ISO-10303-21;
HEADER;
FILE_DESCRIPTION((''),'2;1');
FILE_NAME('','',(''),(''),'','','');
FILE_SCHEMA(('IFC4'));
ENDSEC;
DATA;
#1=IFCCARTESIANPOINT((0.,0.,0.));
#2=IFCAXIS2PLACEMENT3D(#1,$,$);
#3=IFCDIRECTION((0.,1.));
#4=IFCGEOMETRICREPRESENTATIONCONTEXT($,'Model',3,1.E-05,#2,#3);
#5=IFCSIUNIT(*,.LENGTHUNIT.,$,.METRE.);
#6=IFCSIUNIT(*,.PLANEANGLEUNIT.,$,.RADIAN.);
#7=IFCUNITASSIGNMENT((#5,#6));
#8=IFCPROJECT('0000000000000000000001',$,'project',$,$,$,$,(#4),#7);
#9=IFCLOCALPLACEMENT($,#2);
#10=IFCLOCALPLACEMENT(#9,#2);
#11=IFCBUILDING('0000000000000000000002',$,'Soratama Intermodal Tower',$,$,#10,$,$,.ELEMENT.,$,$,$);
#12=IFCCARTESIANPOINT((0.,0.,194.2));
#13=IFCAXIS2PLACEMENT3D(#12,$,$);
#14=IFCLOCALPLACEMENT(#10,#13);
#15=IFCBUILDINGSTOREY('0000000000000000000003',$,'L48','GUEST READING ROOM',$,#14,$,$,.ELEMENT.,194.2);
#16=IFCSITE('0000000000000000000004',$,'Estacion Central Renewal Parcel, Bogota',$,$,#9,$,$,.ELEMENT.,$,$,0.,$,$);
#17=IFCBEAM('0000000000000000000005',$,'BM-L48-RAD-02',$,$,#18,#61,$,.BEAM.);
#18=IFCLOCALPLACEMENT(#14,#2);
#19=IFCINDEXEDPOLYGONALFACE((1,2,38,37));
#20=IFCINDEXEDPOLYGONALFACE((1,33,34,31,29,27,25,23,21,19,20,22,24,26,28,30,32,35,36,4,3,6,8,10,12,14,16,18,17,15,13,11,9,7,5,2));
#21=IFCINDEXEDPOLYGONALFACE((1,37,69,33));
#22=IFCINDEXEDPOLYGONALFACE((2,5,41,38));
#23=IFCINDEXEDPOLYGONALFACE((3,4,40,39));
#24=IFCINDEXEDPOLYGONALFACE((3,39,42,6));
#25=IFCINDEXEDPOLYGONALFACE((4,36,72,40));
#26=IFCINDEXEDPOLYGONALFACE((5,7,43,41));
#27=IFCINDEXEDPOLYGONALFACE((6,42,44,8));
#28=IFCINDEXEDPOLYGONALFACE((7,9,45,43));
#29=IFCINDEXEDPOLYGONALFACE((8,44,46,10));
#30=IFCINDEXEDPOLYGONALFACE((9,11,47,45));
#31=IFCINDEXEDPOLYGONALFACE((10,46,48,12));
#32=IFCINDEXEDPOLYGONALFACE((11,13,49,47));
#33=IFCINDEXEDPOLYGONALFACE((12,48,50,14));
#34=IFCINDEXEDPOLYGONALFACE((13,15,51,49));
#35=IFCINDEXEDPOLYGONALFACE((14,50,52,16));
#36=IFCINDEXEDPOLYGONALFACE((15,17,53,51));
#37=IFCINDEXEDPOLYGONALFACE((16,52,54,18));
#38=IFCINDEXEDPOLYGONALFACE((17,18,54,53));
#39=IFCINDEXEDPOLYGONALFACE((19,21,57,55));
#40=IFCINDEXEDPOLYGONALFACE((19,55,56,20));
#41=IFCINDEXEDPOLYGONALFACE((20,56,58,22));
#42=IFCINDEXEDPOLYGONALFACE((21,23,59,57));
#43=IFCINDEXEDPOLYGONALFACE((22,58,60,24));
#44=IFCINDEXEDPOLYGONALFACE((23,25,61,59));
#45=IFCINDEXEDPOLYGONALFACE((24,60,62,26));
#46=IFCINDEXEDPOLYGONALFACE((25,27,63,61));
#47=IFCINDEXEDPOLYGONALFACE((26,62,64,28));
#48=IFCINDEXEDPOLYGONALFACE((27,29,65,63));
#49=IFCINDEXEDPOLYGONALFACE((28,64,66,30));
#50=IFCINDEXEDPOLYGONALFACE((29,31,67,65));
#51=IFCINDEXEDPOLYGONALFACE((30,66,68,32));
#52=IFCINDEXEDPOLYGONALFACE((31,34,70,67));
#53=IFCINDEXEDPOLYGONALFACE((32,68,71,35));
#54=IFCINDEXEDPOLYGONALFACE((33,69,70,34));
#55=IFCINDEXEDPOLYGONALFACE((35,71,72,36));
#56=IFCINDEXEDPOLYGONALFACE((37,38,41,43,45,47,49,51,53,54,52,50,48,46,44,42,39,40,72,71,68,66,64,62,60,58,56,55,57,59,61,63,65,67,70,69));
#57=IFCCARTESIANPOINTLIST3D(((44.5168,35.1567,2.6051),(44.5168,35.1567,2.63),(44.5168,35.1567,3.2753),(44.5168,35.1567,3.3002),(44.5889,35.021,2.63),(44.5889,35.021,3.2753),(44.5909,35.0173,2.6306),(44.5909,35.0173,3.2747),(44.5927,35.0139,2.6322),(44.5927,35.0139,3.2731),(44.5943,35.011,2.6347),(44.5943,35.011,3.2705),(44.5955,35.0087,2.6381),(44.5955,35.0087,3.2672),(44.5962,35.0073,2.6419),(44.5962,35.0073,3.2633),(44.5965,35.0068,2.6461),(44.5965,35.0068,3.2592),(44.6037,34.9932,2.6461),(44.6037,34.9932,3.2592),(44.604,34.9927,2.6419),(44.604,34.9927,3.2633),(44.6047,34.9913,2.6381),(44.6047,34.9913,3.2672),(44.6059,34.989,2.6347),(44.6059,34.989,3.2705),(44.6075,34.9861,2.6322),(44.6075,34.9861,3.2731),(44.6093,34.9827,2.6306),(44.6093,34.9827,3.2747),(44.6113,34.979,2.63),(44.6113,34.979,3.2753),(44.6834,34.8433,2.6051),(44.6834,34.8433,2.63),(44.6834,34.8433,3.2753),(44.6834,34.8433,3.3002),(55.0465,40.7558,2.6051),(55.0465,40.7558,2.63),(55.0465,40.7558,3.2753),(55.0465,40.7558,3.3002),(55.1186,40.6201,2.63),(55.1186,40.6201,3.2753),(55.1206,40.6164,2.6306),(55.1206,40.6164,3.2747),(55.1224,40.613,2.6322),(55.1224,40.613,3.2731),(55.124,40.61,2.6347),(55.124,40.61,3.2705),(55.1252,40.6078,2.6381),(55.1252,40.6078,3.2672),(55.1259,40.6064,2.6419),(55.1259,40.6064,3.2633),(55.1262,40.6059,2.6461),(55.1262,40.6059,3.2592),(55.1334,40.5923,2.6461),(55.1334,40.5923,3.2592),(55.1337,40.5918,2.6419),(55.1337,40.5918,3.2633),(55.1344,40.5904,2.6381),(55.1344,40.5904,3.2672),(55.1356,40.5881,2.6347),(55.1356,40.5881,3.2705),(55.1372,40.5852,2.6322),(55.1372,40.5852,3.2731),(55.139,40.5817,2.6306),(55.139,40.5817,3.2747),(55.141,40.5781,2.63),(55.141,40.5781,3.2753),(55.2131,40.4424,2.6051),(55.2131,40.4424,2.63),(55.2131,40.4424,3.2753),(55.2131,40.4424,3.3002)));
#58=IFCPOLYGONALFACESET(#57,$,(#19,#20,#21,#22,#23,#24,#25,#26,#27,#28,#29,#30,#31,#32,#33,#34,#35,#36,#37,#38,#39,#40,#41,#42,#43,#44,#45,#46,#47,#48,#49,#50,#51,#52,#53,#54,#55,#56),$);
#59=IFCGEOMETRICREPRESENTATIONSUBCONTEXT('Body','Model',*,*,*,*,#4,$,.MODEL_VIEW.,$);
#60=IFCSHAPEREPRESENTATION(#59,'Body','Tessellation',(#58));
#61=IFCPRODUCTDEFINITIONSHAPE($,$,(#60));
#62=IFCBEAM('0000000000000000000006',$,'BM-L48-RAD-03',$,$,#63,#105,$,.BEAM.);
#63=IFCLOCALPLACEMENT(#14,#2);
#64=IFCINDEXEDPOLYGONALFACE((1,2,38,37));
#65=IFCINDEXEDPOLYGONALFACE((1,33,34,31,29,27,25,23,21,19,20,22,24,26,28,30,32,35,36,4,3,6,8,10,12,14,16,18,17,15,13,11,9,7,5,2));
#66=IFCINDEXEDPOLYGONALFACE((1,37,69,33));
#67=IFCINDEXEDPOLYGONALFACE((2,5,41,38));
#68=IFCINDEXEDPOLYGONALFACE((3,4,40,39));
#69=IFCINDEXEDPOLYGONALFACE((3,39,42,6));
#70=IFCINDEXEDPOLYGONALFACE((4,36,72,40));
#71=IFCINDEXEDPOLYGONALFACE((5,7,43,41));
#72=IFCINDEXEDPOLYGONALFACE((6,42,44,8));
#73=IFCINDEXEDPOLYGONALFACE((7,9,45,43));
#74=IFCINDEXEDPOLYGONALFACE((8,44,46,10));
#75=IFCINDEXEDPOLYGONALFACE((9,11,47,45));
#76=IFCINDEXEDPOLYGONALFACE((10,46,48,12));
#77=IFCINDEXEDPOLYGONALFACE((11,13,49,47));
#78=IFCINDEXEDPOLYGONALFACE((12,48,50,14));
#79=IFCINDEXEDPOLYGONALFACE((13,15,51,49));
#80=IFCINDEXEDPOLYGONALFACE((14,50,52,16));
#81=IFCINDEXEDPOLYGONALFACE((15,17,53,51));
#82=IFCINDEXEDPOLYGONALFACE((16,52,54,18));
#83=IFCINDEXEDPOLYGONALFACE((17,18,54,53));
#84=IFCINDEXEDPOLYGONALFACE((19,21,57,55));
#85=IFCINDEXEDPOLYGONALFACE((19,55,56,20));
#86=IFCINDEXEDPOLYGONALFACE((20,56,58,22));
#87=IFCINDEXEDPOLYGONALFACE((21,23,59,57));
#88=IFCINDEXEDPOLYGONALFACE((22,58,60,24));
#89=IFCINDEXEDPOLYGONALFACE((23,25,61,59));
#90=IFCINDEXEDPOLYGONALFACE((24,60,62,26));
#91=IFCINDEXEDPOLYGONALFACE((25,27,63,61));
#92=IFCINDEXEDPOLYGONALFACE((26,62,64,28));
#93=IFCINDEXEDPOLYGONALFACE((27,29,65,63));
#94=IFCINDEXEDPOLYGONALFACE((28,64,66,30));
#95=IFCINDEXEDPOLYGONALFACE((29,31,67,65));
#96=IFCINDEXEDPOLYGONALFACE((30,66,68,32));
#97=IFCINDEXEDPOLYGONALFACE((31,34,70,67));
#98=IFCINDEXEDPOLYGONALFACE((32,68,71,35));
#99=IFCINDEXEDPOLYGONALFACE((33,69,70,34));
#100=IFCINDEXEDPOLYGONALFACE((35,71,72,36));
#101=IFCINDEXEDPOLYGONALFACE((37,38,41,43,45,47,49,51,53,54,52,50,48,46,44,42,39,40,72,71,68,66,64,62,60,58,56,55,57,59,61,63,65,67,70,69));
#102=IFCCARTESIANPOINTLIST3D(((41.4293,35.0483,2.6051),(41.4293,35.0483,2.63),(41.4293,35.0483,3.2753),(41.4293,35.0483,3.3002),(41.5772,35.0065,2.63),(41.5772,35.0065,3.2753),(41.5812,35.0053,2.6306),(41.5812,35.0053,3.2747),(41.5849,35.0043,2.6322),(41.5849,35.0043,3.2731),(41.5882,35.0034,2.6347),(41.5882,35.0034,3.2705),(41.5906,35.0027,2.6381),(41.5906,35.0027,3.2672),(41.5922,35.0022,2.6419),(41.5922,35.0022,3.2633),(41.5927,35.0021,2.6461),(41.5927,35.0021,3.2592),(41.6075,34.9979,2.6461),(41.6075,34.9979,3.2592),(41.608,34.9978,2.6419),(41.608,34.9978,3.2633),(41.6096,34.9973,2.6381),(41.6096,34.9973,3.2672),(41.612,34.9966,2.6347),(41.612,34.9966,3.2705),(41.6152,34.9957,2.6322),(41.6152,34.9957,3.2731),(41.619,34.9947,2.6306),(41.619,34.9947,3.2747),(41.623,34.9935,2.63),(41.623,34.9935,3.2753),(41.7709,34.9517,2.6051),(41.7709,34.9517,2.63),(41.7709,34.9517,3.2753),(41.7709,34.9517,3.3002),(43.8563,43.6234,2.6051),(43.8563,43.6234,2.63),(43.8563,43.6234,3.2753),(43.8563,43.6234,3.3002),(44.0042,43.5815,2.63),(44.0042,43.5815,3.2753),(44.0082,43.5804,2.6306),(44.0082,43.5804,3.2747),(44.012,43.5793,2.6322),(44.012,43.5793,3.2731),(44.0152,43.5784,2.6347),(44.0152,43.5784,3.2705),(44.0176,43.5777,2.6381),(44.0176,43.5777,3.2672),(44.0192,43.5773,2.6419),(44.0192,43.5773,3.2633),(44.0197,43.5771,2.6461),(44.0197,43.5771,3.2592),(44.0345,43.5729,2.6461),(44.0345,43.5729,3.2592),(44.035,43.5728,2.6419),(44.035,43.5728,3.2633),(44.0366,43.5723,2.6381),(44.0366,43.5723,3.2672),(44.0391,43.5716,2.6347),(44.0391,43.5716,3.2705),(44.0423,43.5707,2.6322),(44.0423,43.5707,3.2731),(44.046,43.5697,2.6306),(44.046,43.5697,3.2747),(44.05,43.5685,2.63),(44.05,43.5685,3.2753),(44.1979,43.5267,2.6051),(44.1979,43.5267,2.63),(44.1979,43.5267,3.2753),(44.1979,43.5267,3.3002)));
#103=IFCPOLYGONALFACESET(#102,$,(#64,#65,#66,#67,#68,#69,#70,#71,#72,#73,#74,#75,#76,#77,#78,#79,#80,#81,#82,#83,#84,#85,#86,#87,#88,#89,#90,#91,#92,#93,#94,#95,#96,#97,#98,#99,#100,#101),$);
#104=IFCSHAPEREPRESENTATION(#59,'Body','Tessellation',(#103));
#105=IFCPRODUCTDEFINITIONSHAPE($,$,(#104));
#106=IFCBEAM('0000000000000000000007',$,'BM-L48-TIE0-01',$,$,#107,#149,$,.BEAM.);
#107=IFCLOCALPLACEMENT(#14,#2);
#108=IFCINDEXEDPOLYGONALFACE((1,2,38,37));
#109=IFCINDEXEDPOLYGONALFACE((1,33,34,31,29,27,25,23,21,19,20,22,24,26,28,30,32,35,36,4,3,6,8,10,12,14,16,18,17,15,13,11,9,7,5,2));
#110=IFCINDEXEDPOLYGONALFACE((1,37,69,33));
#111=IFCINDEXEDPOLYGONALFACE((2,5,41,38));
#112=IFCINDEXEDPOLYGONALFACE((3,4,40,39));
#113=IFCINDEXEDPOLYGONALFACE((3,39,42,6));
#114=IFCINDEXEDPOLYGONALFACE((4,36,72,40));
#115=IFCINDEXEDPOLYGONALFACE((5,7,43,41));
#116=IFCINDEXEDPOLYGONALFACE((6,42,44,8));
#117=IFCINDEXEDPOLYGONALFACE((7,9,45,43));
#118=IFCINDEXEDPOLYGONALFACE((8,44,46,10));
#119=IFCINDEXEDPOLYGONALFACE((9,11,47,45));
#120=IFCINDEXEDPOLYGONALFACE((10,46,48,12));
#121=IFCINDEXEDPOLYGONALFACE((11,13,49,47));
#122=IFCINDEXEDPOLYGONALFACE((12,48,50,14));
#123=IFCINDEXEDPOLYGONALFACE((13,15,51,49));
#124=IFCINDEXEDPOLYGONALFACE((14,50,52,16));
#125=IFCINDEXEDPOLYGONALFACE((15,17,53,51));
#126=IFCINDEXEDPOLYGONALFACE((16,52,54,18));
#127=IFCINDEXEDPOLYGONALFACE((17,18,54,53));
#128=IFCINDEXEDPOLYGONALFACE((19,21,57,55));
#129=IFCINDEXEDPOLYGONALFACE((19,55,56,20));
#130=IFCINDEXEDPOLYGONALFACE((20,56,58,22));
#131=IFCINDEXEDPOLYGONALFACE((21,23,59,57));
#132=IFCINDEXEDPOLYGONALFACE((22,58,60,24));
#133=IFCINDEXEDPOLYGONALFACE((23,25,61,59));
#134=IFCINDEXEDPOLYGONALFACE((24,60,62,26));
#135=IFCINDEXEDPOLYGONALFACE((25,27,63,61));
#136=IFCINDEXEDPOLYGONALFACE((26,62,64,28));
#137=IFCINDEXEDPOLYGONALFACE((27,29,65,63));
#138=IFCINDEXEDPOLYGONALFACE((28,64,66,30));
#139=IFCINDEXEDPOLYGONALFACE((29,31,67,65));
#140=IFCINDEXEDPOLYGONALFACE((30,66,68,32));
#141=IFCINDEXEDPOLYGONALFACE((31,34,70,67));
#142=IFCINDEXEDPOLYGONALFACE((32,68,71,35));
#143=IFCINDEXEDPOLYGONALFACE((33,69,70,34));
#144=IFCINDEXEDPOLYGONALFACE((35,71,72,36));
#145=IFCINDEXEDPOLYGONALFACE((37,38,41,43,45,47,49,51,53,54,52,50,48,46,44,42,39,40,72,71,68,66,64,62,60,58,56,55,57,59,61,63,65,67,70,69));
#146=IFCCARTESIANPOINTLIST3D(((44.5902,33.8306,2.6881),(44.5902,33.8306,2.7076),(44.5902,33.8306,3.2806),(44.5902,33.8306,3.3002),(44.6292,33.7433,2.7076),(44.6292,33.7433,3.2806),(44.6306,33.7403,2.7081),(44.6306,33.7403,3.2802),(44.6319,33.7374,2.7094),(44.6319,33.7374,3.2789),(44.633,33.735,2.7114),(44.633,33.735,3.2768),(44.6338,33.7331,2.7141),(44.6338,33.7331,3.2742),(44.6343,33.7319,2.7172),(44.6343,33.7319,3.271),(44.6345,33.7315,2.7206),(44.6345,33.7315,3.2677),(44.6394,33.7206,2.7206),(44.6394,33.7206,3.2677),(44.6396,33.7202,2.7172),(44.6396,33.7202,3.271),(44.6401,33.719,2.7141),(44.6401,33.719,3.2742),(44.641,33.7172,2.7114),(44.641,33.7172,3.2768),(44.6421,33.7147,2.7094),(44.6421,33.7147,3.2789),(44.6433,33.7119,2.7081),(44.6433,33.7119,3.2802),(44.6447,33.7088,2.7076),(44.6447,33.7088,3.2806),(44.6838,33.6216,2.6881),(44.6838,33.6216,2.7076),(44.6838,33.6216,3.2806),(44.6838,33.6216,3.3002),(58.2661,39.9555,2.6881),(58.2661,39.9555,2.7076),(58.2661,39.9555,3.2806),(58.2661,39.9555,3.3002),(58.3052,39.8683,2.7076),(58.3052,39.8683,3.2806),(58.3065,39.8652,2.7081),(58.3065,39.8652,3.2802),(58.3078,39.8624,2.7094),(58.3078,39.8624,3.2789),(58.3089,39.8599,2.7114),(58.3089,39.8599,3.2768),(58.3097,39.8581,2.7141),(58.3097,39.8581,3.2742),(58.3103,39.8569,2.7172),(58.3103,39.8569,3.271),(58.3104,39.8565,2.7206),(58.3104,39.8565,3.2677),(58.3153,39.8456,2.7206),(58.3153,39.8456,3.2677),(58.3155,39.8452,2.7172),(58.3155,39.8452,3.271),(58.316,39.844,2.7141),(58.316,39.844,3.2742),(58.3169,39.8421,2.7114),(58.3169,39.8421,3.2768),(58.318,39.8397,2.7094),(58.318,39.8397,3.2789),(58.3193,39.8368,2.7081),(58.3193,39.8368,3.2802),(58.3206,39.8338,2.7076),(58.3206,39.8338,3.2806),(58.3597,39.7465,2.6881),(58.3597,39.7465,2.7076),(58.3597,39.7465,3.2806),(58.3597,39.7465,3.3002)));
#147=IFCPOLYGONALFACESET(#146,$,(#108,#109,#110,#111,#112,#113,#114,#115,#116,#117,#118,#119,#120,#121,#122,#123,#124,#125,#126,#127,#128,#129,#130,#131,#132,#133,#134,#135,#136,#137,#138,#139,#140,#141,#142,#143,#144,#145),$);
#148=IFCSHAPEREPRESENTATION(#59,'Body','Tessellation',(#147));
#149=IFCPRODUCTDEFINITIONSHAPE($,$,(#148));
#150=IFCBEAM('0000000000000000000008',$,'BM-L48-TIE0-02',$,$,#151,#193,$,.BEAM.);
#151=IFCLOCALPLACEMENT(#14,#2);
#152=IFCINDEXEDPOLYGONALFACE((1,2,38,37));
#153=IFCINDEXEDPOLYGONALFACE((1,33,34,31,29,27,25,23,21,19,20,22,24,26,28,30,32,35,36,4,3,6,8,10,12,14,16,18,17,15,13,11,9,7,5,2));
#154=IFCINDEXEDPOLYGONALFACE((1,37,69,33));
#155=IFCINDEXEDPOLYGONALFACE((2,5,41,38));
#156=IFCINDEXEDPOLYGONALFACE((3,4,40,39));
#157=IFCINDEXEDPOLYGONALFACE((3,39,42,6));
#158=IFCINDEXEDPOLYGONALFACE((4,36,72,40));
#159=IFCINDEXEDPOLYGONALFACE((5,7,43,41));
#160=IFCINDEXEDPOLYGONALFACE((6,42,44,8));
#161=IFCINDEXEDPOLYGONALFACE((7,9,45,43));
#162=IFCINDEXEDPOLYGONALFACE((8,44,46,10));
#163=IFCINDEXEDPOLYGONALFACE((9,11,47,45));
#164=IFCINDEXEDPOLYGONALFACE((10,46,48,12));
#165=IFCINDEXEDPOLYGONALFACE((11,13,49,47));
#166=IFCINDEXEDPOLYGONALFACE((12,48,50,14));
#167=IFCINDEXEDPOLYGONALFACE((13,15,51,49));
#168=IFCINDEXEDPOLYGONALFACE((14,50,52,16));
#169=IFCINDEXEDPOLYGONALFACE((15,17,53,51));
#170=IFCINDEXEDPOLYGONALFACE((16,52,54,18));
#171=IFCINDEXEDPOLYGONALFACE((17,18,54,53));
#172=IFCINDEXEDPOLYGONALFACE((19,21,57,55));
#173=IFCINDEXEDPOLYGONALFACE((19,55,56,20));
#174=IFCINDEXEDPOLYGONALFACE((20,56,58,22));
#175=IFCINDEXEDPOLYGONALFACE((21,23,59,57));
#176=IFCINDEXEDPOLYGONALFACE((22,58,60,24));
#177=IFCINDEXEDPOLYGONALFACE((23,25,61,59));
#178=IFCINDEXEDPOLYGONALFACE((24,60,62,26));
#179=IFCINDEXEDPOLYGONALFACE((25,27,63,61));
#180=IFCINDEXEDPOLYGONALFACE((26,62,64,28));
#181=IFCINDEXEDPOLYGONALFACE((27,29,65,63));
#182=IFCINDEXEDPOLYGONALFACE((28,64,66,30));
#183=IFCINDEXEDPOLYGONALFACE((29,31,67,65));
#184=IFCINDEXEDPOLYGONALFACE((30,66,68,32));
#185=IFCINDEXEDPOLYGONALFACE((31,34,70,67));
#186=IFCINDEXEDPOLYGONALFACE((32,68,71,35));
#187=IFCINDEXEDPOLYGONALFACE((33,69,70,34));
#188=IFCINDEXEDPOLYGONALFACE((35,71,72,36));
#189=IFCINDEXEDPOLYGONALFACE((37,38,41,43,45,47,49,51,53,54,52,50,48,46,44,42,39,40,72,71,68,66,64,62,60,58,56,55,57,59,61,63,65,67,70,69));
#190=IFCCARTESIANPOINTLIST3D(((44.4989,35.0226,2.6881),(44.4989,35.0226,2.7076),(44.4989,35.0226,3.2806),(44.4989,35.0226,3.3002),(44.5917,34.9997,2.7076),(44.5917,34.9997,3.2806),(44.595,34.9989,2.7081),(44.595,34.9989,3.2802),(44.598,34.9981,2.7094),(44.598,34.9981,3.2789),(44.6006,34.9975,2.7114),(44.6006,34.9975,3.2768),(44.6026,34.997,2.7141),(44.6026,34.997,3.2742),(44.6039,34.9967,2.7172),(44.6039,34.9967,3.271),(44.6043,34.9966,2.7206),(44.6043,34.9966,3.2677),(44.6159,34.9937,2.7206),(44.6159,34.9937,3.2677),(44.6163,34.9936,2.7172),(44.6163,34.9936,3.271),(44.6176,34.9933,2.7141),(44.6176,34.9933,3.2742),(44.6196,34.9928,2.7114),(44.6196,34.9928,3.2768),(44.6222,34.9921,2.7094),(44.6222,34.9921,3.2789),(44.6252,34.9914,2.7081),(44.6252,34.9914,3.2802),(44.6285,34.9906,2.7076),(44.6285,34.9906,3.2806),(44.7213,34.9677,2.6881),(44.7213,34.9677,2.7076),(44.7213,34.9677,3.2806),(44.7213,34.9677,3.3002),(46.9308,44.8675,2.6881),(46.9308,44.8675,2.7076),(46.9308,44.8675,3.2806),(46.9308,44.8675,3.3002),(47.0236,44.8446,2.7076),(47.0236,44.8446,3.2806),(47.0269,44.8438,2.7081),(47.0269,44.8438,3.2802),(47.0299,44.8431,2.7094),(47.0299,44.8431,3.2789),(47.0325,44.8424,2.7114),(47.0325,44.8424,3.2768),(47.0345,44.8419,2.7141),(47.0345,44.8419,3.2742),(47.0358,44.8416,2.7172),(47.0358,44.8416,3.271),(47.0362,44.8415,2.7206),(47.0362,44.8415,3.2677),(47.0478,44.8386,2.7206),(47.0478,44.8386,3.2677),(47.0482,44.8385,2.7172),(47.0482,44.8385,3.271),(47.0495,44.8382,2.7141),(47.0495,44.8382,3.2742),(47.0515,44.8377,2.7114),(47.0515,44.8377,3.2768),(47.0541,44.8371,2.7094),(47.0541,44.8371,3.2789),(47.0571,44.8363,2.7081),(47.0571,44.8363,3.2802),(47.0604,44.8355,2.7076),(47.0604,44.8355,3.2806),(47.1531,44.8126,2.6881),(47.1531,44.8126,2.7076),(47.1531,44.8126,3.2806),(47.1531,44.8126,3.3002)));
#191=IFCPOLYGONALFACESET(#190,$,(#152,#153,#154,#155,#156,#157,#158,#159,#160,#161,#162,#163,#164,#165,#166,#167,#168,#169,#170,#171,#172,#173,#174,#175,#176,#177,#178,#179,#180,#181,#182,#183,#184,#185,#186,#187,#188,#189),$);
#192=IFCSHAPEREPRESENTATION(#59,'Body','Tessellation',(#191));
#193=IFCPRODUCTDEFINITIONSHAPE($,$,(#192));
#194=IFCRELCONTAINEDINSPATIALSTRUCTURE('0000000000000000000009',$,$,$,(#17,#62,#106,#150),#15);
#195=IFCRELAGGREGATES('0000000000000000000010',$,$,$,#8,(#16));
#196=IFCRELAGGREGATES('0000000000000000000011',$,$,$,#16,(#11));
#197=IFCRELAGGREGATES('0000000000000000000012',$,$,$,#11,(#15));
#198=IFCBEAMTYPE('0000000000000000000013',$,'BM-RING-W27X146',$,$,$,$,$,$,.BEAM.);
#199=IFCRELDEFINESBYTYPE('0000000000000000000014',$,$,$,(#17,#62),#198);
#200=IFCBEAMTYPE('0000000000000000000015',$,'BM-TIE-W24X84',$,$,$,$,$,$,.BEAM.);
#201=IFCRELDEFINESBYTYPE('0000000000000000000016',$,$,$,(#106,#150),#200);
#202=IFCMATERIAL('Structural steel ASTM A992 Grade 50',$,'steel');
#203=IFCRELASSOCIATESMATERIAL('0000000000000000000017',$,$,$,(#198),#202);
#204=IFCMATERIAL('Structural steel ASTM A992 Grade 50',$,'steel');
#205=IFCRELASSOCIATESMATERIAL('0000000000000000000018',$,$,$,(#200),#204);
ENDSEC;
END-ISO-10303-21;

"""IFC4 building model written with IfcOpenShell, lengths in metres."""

from ifc_helpers import new_model, si_unit, direction, frame, origin, origin_2d, place, context, subcontext, project, spatial, i_section, extrude, material, material_profile, profile_set, type_object, element, save


model = new_model("IFC4")

# Units and contexts
model_context = context("Model", 3, precision=1e-05, world=origin(), true_north=direction((0.0, 1.0)))
body_context = subcontext(model_context, "Body", "Model", "MODEL_VIEW")
ifc_project = project(units=[si_unit("LENGTHUNIT", "METRE"), si_unit("PLANEANGLEUNIT", "RADIAN")], contexts=[model_context])

# Site, building, storey
site_placement = place(None, origin())
site = spatial("IfcSite", under=ifc_project, at=site_placement, Name="Estacion Central Renewal Parcel, Bogota", CompositionType="ELEMENT", RefElevation=0.0)
building_placement = place(site_placement, origin())
building = spatial("IfcBuilding", under=site, at=building_placement, Name="Soratama Intermodal Tower", CompositionType="ELEMENT")
storey_placement = place(building_placement, frame((0.0, 0.0, 194.2)))
storey = spatial("IfcBuildingStorey", under=building, at=storey_placement, Name="L48", Description="GUEST READING ROOM", CompositionType="ELEMENT", Elevation=194.2)

# Beams
ifc_material_1 = material(Name="Structural steel ASTM A992 Grade 50", Category="steel")
ifc_material_profile_1 = material_profile(ifc_material_1, i_section(OverallWidth=0.355, OverallDepth=0.6951, WebThickness=0.0154, FlangeThickness=0.0249, FilletRadius=0.0161, at=origin_2d()), Name="W27X146")
ifc_profile_set_1 = profile_set([ifc_material_profile_1], Name="Structural steel ASTM A992 Grade 50")
beam_type_1 = type_object("IfcBeamType", Name="BM-RING-W27X146", PredefinedType="BEAM", material=ifc_profile_set_1)
beam_1_placement = place(storey_placement, frame((44.6001, 35.0, 2.9526), z_axis=(0.882936, 0.469493, 0.0), x_axis=(-0.469493, 0.882936, 0.0)))
element("IfcBeam", 1, at=beam_1_placement, inside=storey, type_object=beam_type_1, Name="BM-L48-RAD-02", PredefinedType="BEAM", context=body_context, shape_type="SweptSolid", body=[
    extrude(i_section(OverallWidth=0.355, OverallDepth=0.6951, WebThickness=0.0154, FlangeThickness=0.0249, FilletRadius=0.0161, at=origin_2d()), origin(), (0.0, 0.0, 1.0), 11.9258),
])
beam_2_placement = place(storey_placement, frame((41.6001, 35.0, 2.9526), z_axis=(0.272336, 0.962202, 0.0), x_axis=(-0.962202, 0.272336, 0.0)))
element("IfcBeam", 2, at=beam_2_placement, inside=storey, type_object=beam_type_1, Name="BM-L48-RAD-03", PredefinedType="BEAM", context=body_context, shape_type="SweptSolid", body=[
    extrude(i_section(OverallWidth=0.355, OverallDepth=0.6951, WebThickness=0.0154, FlangeThickness=0.0249, FilletRadius=0.0161, at=origin_2d()), origin(), (0.0, 0.0, 1.0), 8.9119),
])
ifc_material_2 = material(Name="Structural steel ASTM A992 Grade 50", Category="steel")
ifc_material_profile_2 = material_profile(ifc_material_2, i_section(OverallWidth=0.229, OverallDepth=0.6121, WebThickness=0.012, FlangeThickness=0.0195, FilletRadius=0.0129, at=origin_2d()), Name="W24X84")
ifc_profile_set_2 = profile_set([ifc_material_profile_2], Name="Structural steel ASTM A992 Grade 50")
beam_type_2 = type_object("IfcBeamType", Name="BM-TIE-W24X84", PredefinedType="BEAM", material=ifc_profile_set_2)
beam_3_placement = place(storey_placement, frame((44.637, 33.7261, 2.9941), z_axis=(0.91265, 0.408743, 0.0), x_axis=(-0.408743, 0.91265, 0.0)))
element("IfcBeam", 3, at=beam_3_placement, inside=storey, type_object=beam_type_2, Name="BM-L48-TIE0-01", PredefinedType="BEAM", context=body_context, shape_type="SweptSolid", body=[
    extrude(i_section(OverallWidth=0.229, OverallDepth=0.6121, WebThickness=0.012, FlangeThickness=0.0195, FilletRadius=0.0129, at=origin_2d()), origin(), (0.0, 0.0, 1.0), 14.9849),
])
beam_4_placement = place(storey_placement, frame((44.6101, 34.9951, 2.9941), z_axis=(0.23981, 0.97082, 0.0), x_axis=(-0.97082, 0.23981, 0.0)))
element("IfcBeam", 4, at=beam_4_placement, inside=storey, type_object=beam_type_2, Name="BM-L48-TIE0-02", PredefinedType="BEAM", context=body_context, shape_type="SweptSolid", body=[
    extrude(i_section(OverallWidth=0.229, OverallDepth=0.6121, WebThickness=0.012, FlangeThickness=0.0195, FilletRadius=0.0129, at=origin_2d()), origin(), (0.0, 0.0, 1.0), 10.1409),
])

save(model, "model.ifc")
